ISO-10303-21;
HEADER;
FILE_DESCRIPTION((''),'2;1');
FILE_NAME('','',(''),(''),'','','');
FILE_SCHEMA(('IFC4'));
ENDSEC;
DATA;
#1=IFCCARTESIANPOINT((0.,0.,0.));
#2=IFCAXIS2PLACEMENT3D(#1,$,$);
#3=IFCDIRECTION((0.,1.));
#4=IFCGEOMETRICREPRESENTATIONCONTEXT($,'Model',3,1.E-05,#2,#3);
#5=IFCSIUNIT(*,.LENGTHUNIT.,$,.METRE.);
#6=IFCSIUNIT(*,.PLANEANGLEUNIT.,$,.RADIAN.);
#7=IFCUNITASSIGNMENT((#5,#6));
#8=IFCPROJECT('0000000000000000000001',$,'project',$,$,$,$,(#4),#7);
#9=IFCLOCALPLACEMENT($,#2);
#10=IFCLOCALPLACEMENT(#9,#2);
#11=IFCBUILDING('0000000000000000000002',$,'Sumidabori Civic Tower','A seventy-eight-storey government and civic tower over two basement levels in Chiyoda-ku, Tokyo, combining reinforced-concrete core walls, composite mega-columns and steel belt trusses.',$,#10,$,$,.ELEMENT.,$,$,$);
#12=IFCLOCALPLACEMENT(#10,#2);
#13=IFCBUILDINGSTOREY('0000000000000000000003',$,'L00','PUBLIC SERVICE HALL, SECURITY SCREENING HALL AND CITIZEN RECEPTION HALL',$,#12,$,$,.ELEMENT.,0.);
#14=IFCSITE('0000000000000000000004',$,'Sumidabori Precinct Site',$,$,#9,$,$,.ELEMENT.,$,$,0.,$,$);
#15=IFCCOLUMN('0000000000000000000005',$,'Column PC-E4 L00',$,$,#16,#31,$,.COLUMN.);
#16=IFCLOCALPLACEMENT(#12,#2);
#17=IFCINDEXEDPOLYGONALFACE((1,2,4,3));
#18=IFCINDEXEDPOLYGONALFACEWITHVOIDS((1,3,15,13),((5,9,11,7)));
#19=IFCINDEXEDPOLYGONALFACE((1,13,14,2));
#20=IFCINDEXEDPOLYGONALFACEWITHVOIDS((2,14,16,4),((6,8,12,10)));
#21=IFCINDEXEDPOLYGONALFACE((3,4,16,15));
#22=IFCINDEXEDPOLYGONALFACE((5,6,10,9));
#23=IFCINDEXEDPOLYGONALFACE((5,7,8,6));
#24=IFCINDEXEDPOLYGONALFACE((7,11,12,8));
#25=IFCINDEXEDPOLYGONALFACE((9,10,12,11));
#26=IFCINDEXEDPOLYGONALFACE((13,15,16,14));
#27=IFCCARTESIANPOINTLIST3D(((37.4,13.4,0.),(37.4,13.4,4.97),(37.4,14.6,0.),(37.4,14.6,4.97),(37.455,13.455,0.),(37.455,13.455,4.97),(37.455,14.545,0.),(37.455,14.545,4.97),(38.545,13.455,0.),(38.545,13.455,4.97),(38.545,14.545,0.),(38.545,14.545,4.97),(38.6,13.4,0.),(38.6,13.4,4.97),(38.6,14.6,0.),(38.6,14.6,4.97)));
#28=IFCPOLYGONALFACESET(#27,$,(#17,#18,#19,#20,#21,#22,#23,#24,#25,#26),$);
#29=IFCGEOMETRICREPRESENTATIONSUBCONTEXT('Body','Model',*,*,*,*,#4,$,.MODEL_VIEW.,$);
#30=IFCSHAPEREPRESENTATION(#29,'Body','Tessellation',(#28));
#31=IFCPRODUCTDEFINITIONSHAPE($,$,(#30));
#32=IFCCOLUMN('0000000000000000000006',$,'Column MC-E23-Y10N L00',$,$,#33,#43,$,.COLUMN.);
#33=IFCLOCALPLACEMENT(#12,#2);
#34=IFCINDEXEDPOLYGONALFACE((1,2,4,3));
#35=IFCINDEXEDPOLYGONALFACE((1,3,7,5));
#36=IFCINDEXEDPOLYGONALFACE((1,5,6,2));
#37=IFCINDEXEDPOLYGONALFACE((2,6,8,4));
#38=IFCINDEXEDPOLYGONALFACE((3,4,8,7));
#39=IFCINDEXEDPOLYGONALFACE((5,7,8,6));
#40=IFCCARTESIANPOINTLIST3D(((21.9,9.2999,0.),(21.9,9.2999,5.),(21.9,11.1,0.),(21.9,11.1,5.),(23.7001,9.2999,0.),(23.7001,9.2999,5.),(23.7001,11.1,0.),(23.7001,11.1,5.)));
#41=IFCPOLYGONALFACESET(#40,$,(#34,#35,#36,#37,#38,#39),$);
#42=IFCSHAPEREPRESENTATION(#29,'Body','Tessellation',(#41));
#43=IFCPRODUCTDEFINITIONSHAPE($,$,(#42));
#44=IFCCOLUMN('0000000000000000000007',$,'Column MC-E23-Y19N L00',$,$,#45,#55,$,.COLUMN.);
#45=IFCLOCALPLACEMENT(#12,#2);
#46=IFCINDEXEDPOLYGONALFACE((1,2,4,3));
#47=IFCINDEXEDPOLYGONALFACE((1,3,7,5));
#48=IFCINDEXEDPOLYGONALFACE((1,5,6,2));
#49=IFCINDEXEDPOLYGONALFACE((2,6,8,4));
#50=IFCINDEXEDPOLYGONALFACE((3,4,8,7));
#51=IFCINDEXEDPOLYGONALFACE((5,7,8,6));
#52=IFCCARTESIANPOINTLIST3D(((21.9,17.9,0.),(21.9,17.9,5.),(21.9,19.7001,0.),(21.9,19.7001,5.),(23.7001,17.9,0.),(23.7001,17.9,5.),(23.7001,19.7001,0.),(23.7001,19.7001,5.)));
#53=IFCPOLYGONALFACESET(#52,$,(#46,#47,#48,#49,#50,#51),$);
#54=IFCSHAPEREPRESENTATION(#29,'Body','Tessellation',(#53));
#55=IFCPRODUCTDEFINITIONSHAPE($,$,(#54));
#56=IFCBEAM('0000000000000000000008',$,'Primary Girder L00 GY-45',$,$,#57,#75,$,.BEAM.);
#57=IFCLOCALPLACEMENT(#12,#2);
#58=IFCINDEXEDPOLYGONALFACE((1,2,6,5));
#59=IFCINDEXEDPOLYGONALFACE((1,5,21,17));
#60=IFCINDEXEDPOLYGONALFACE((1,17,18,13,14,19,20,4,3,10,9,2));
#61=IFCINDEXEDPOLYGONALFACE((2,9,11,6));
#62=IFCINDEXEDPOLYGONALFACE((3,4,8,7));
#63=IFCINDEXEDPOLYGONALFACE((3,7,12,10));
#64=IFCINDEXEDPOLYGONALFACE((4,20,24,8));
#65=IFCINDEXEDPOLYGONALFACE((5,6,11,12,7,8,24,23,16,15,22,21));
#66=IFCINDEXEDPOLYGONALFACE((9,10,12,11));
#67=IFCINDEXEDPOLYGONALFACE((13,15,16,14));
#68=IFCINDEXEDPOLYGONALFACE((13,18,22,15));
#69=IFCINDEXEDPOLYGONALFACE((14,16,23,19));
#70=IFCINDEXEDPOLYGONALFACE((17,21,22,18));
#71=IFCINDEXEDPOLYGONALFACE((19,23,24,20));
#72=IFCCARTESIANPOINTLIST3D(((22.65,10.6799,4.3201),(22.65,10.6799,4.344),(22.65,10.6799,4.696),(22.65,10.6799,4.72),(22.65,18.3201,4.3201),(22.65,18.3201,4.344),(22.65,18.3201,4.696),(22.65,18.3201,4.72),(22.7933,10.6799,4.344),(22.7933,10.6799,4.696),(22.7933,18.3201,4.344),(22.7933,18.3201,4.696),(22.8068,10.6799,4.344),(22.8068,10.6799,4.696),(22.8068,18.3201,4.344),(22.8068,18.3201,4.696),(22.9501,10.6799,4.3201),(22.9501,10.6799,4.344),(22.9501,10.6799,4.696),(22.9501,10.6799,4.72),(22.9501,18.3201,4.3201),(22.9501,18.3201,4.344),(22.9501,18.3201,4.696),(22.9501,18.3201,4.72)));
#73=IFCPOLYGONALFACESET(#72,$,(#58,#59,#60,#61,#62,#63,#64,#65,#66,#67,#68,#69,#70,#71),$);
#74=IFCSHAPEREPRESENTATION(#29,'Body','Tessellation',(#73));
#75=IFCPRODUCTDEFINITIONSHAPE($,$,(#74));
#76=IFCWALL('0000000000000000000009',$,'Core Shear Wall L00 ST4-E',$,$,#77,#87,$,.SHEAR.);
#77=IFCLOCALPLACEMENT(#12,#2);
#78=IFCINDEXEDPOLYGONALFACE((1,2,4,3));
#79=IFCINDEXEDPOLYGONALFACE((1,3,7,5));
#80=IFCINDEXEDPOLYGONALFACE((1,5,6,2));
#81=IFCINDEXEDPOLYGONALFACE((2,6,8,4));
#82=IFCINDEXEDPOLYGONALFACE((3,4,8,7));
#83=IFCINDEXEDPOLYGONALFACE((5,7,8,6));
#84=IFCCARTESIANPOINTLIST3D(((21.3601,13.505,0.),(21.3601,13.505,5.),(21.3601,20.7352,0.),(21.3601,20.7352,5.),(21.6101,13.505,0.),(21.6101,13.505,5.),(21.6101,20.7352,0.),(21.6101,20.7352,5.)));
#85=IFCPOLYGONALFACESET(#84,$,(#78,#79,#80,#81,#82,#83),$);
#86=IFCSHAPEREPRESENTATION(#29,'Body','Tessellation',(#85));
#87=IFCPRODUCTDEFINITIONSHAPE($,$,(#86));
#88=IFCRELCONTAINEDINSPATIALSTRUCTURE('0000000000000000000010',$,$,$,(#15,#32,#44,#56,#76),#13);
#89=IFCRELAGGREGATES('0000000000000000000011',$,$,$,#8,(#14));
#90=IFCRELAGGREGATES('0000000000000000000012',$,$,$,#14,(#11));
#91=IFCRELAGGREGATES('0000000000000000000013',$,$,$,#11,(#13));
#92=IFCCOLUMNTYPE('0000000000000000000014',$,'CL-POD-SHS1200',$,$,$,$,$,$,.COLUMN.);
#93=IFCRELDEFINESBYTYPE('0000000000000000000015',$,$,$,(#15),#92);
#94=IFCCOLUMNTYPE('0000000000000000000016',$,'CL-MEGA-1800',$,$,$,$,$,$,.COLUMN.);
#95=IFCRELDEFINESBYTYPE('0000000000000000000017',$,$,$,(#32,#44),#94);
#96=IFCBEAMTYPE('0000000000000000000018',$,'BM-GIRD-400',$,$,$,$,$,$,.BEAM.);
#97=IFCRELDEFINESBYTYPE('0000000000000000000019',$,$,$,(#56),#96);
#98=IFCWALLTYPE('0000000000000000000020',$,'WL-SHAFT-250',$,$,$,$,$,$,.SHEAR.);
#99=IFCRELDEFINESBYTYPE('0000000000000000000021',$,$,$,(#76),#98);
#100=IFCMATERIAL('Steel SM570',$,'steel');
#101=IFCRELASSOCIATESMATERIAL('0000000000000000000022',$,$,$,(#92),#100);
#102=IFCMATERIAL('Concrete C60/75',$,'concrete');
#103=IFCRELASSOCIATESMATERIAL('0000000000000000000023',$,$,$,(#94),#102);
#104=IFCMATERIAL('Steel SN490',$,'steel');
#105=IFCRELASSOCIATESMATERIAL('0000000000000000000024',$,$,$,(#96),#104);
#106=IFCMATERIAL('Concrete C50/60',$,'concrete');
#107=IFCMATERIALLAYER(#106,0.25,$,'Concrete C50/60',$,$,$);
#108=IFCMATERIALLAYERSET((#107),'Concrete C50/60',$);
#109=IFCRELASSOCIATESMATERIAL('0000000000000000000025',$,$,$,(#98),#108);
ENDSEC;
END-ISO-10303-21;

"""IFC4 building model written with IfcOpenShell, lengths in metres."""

from ifc_helpers import new_model, si_unit, direction, frame, frame_2d, origin, origin_2d, place, context, subcontext, project, spatial, rectangle, hollow_rectangle, i_section, extrude, source, transform, mapped, material, layer, layer_set, material_profile, profile_set, type_object, element, save


model = new_model("IFC4")

# Units and contexts
model_context = context("Model", 3, precision=1e-05, world=origin(), true_north=direction((0.0, 1.0)))
body_context = subcontext(model_context, "Body", "Model", "MODEL_VIEW")
ifc_project = project(units=[si_unit("LENGTHUNIT", "METRE"), si_unit("PLANEANGLEUNIT", "RADIAN")], contexts=[model_context])

# Site, building, storey
site_placement = place(None, origin())
site = spatial("IfcSite", under=ifc_project, at=site_placement, Name="Sumidabori Precinct Site", CompositionType="ELEMENT", RefElevation=0.0)
building_placement = place(site_placement, origin())
building = spatial("IfcBuilding", under=site, at=building_placement, Name="Sumidabori Civic Tower", Description="A seventy-eight-storey government and civic tower over two basement levels in Chiyoda-ku, Tokyo, combining reinforced-concrete core walls, composite mega-columns and steel belt trusses.", CompositionType="ELEMENT")
storey_placement = place(building_placement, origin())
storey = spatial("IfcBuildingStorey", under=building, at=storey_placement, Name="L00", Description="PUBLIC SERVICE HALL, SECURITY SCREENING HALL AND CITIZEN RECEPTION HALL", CompositionType="ELEMENT", Elevation=0.0)

# Columns
ifc_material_1 = material(Name="Steel SM570", Category="steel")
ifc_material_profile_1 = material_profile(ifc_material_1, hollow_rectangle(XDim=1.2, YDim=1.2, WallThickness=0.0549, at=origin_2d()), Name="SHS 1200x1200x55")
ifc_profile_set_1 = profile_set([ifc_material_profile_1], Name="Steel SM570")
column_type_1 = type_object("IfcColumnType", Name="CL-POD-SHS1200", PredefinedType="COLUMN", material=ifc_profile_set_1)
shared_shape_1 = source(origin(), body_context, "Body", "SweptSolid", [
    extrude(hollow_rectangle(XDim=1.2, YDim=1.2, WallThickness=0.0549, at=origin_2d()), origin(), (0.0, 0.0, 1.0), 4.97),
])
column_placement = place(storey_placement, frame((38.0, 14.0, 0.0), z_axis=(0.0, 0.0, 1.0), x_axis=(1.0, 0.0, 0.0)))
element("IfcColumn", 1, at=column_placement, inside=storey, type_object=column_type_1, Name="Column PC-E4 L00", PredefinedType="COLUMN", context=body_context, shape_type="MappedRepresentation", body=[
    mapped(shared_shape_1, transform((0.0, 0.0, 0.0), x_axis=(1.0, 0.0, 0.0), y_axis=(0.0, 1.0, 0.0), z_axis=(0.0, 0.0, 1.0), scale=1.0)),
])
ifc_material_2 = material(Name="Concrete C60/75", Category="concrete")
ifc_material_profile_2 = material_profile(ifc_material_2, rectangle(XDim=1.8, YDim=1.8, at=origin_2d()), Name="RC 1800x1800")
ifc_profile_set_2 = profile_set([ifc_material_profile_2], Name="Concrete C60/75")
column_type_2 = type_object("IfcColumnType", Name="CL-MEGA-1800", PredefinedType="COLUMN", material=ifc_profile_set_2)
shared_shape_2 = source(origin(), body_context, "Body", "SweptSolid", [
    extrude(rectangle(XDim=1.8, YDim=1.8, at=origin_2d()), origin(), (0.0, 0.0, 1.0), 5.0),
])
for number, where, z_axis, x_axis, name in (
    (2, (22.8, 10.2, 0.0), (0.0, 0.0, 1.0), (1.0, 0.0, 0.0), "Column MC-E23-Y10N L00"),
    (3, (22.8, 18.8, 0.0), (0.0, 0.0, 1.0), (1.0, 0.0, 0.0), "Column MC-E23-Y19N L00"),
):
    element("IfcColumn", number, at=place(storey_placement, frame(where, z_axis=z_axis, x_axis=x_axis)), inside=storey, type_object=column_type_2, Name=name, PredefinedType="COLUMN", context=body_context, shape_type="MappedRepresentation", body=[
        mapped(shared_shape_2, transform((0.0, 0.0, 0.0), x_axis=(1.0, 0.0, 0.0), y_axis=(0.0, 1.0, 0.0), z_axis=(0.0, 0.0, 1.0), scale=1.0)),
    ])

# Beam
ifc_material_3 = material(Name="Steel SN490", Category="steel")
ifc_material_profile_3 = material_profile(ifc_material_3, i_section(OverallWidth=0.3, OverallDepth=0.3999, WebThickness=0.0134, FlangeThickness=0.0239, at=origin_2d()), Name="HE 400 B")
ifc_profile_set_3 = profile_set([ifc_material_profile_3], Name="Steel SN490")
beam_type = type_object("IfcBeamType", Name="BM-GIRD-400", PredefinedType="BEAM", material=ifc_profile_set_3)
shared_shape_3 = source(origin(), body_context, "Body", "SweptSolid", [
    extrude(i_section(OverallWidth=0.3, OverallDepth=0.3999, WebThickness=0.0134, FlangeThickness=0.0239, at=origin_2d()), origin(), (0.0, 0.0, 1.0), 7.6401),
])
beam_placement = place(storey_placement, frame((22.8, 10.6799, 4.52), z_axis=(0.0, 1.0, 0.0), x_axis=(-1.0, 0.0, 0.0)))
element("IfcBeam", 4, at=beam_placement, inside=storey, type_object=beam_type, Name="Primary Girder L00 GY-45", PredefinedType="BEAM", context=body_context, shape_type="MappedRepresentation", body=[
    mapped(shared_shape_3, transform((0.0, 0.0, 0.0), x_axis=(1.0, 0.0, 0.0), y_axis=(0.0, 1.0, 0.0), z_axis=(0.0, 0.0, 1.0), scale=1.0)),
])

# Wall
ifc_material_4 = material(Name="Concrete C50/60", Category="concrete")
ifc_layer_1 = layer(ifc_material_4, 0.25, Name="Concrete C50/60")
ifc_layer_set_1 = layer_set([ifc_layer_1], Name="Concrete C50/60")
wall_type_1 = type_object("IfcWallType", Name="WL-SHAFT-250", PredefinedType="SHEAR", material=ifc_layer_set_1)
shared_shape_4 = source(origin(), body_context, "Body", "SweptSolid", [
    extrude(rectangle(XDim=7.2302, YDim=0.25, at=frame_2d((3.6152, 0.0))), origin(), (0.0, 0.0, 1.0), 5.0),
])
wall_1_placement = place(storey_placement, frame((21.4851, 13.5049, 0.0), z_axis=(0.0, 0.0, 1.0), x_axis=(0.0, 1.0, 0.0)))
element("IfcWall", 5, at=wall_1_placement, inside=storey, type_object=wall_type_1, Name="Core Shear Wall L00 ST4-E", PredefinedType="SHEAR", context=body_context, shape_type="MappedRepresentation", body=[
    mapped(shared_shape_4, transform((0.0, 0.0, 0.0), x_axis=(1.0, 0.0, 0.0), y_axis=(0.0, 1.0, 0.0), z_axis=(0.0, 0.0, 1.0), scale=1.0)),
])

save(model, "model.ifc")
